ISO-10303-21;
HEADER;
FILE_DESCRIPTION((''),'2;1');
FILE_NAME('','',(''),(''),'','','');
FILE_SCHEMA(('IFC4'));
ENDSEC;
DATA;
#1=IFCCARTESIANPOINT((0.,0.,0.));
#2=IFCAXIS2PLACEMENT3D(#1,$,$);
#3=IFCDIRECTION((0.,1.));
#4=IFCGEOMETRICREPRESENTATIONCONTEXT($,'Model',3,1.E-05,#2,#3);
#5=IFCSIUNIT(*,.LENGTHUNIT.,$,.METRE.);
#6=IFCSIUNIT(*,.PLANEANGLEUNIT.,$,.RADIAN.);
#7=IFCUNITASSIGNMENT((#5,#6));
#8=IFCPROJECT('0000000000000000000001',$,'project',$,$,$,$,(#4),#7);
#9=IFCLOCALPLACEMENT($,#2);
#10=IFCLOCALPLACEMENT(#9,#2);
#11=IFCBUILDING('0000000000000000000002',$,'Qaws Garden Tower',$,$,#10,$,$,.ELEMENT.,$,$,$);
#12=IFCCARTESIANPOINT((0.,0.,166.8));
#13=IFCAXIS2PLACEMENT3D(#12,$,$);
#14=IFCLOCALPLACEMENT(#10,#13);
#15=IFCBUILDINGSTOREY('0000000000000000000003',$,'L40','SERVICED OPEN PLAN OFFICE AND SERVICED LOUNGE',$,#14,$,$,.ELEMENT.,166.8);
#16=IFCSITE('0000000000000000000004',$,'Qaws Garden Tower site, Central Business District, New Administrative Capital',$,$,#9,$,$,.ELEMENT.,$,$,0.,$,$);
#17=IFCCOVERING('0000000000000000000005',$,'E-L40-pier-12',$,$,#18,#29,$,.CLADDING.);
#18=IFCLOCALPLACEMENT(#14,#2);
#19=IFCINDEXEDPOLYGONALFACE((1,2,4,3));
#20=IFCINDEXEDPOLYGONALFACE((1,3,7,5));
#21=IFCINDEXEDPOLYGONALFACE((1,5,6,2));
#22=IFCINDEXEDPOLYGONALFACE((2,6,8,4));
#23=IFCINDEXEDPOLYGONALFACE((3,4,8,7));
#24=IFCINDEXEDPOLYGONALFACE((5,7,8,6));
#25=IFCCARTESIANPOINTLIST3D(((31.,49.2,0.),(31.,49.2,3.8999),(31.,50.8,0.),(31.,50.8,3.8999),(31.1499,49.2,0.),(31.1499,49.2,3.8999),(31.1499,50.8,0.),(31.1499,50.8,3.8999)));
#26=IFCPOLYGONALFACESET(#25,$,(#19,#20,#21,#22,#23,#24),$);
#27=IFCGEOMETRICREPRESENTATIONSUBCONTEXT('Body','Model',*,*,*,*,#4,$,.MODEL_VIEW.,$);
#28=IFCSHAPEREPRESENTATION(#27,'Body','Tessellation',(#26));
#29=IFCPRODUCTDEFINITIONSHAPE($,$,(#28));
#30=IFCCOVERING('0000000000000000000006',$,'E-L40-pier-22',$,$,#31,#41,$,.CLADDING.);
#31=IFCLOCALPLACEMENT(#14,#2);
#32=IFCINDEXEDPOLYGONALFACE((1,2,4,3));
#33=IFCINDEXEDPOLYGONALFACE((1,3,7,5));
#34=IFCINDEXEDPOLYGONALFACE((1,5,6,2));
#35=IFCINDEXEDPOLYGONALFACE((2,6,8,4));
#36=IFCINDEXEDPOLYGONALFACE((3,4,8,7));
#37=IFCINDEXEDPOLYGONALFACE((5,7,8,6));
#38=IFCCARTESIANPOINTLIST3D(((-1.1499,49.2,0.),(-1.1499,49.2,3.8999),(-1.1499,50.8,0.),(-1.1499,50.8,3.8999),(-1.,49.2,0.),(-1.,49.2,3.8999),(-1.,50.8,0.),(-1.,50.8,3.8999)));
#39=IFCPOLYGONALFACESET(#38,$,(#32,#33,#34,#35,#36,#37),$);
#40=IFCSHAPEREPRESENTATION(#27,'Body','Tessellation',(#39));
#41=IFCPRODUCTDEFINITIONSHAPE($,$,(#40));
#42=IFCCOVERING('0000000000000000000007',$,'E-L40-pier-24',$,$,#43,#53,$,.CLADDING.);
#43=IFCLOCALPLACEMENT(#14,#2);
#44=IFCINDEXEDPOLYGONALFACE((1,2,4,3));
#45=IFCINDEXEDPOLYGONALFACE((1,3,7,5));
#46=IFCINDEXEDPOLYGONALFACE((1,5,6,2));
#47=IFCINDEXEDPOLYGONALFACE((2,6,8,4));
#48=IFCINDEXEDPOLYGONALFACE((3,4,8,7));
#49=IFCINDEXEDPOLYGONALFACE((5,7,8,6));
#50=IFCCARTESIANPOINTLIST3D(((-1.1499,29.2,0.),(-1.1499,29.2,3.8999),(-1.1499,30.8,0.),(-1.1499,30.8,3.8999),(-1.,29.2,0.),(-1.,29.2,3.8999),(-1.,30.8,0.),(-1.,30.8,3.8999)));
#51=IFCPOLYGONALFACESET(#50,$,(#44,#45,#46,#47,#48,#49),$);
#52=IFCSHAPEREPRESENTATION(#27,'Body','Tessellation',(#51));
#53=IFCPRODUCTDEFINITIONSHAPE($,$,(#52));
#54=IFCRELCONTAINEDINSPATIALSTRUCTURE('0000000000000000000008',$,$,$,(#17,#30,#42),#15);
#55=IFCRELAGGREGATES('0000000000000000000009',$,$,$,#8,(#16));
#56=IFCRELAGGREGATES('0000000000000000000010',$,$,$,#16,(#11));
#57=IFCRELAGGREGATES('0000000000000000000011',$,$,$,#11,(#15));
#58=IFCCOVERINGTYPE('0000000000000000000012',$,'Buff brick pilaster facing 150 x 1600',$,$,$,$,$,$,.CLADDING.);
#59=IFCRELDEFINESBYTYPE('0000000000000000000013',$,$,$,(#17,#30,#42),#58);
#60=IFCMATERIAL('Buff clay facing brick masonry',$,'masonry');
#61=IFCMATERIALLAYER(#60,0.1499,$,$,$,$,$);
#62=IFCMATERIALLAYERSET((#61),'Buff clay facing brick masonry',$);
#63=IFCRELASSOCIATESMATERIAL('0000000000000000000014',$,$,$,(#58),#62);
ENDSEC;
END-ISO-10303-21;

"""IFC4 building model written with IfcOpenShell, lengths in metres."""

from ifc_helpers import new_model, si_unit, direction, frame, origin, place, context, subcontext, project, spatial, polyline, outline, extrude, material, layer, layer_set, type_object, element, save


model = new_model("IFC4")

# Units and contexts
model_context = context("Model", 3, precision=1e-05, world=origin(), true_north=direction((0.0, 1.0)))
body_context = subcontext(model_context, "Body", "Model", "MODEL_VIEW")
ifc_project = project(units=[si_unit("LENGTHUNIT", "METRE"), si_unit("PLANEANGLEUNIT", "RADIAN")], contexts=[model_context])

# Site, building, storey
site_placement = place(None, origin())
site = spatial("IfcSite", under=ifc_project, at=site_placement, Name="Qaws Garden Tower site, Central Business District, New Administrative Capital", CompositionType="ELEMENT", RefElevation=0.0)
building_placement = place(site_placement, origin())
building = spatial("IfcBuilding", under=site, at=building_placement, Name="Qaws Garden Tower", CompositionType="ELEMENT")
storey_placement = place(building_placement, frame((0.0, 0.0, 166.8)))
storey = spatial("IfcBuildingStorey", under=building, at=storey_placement, Name="L40", Description="SERVICED OPEN PLAN OFFICE AND SERVICED LOUNGE", CompositionType="ELEMENT", Elevation=166.8)

# Shared definitions
placement = place(storey_placement, origin())

# Coverings
ifc_material_1 = material(Name="Buff clay facing brick masonry", Category="masonry")
ifc_layer_1 = layer(ifc_material_1, 0.1499)
ifc_layer_set_1 = layer_set([ifc_layer_1], Name="Buff clay facing brick masonry")
covering_type = type_object("IfcCoveringType", Name="Buff brick pilaster facing 150 x 1600", PredefinedType="CLADDING", material=ifc_layer_set_1)
element("IfcCovering", 1, at=placement, inside=storey, type_object=covering_type, Name="E-L40-pier-12", PredefinedType="CLADDING", context=body_context, shape_type="SweptSolid", body=[
    extrude(outline(polyline([(31.0, 49.2), (31.0, 50.8), (31.1499, 50.8), (31.1499, 49.2), (31.0, 49.2)])), origin(), (0.0, 0.0, 1.0), 3.8999),
])
element("IfcCovering", 2, at=placement, inside=storey, type_object=covering_type, Name="E-L40-pier-22", PredefinedType="CLADDING", context=body_context, shape_type="SweptSolid", body=[
    extrude(outline(polyline([(-1.0, 50.8), (-1.0, 49.2), (-1.1499, 49.2), (-1.1499, 50.8), (-1.0, 50.8)])), origin(), (0.0, 0.0, 1.0), 3.8999),
])
element("IfcCovering", 3, at=placement, inside=storey, type_object=covering_type, Name="E-L40-pier-24", PredefinedType="CLADDING", context=body_context, shape_type="SweptSolid", body=[
    extrude(outline(polyline([(-1.0, 30.8), (-1.0, 29.2), (-1.1499, 29.2), (-1.1499, 30.8), (-1.0, 30.8)])), origin(), (0.0, 0.0, 1.0), 3.8999),
])

save(model, "model.ifc")
